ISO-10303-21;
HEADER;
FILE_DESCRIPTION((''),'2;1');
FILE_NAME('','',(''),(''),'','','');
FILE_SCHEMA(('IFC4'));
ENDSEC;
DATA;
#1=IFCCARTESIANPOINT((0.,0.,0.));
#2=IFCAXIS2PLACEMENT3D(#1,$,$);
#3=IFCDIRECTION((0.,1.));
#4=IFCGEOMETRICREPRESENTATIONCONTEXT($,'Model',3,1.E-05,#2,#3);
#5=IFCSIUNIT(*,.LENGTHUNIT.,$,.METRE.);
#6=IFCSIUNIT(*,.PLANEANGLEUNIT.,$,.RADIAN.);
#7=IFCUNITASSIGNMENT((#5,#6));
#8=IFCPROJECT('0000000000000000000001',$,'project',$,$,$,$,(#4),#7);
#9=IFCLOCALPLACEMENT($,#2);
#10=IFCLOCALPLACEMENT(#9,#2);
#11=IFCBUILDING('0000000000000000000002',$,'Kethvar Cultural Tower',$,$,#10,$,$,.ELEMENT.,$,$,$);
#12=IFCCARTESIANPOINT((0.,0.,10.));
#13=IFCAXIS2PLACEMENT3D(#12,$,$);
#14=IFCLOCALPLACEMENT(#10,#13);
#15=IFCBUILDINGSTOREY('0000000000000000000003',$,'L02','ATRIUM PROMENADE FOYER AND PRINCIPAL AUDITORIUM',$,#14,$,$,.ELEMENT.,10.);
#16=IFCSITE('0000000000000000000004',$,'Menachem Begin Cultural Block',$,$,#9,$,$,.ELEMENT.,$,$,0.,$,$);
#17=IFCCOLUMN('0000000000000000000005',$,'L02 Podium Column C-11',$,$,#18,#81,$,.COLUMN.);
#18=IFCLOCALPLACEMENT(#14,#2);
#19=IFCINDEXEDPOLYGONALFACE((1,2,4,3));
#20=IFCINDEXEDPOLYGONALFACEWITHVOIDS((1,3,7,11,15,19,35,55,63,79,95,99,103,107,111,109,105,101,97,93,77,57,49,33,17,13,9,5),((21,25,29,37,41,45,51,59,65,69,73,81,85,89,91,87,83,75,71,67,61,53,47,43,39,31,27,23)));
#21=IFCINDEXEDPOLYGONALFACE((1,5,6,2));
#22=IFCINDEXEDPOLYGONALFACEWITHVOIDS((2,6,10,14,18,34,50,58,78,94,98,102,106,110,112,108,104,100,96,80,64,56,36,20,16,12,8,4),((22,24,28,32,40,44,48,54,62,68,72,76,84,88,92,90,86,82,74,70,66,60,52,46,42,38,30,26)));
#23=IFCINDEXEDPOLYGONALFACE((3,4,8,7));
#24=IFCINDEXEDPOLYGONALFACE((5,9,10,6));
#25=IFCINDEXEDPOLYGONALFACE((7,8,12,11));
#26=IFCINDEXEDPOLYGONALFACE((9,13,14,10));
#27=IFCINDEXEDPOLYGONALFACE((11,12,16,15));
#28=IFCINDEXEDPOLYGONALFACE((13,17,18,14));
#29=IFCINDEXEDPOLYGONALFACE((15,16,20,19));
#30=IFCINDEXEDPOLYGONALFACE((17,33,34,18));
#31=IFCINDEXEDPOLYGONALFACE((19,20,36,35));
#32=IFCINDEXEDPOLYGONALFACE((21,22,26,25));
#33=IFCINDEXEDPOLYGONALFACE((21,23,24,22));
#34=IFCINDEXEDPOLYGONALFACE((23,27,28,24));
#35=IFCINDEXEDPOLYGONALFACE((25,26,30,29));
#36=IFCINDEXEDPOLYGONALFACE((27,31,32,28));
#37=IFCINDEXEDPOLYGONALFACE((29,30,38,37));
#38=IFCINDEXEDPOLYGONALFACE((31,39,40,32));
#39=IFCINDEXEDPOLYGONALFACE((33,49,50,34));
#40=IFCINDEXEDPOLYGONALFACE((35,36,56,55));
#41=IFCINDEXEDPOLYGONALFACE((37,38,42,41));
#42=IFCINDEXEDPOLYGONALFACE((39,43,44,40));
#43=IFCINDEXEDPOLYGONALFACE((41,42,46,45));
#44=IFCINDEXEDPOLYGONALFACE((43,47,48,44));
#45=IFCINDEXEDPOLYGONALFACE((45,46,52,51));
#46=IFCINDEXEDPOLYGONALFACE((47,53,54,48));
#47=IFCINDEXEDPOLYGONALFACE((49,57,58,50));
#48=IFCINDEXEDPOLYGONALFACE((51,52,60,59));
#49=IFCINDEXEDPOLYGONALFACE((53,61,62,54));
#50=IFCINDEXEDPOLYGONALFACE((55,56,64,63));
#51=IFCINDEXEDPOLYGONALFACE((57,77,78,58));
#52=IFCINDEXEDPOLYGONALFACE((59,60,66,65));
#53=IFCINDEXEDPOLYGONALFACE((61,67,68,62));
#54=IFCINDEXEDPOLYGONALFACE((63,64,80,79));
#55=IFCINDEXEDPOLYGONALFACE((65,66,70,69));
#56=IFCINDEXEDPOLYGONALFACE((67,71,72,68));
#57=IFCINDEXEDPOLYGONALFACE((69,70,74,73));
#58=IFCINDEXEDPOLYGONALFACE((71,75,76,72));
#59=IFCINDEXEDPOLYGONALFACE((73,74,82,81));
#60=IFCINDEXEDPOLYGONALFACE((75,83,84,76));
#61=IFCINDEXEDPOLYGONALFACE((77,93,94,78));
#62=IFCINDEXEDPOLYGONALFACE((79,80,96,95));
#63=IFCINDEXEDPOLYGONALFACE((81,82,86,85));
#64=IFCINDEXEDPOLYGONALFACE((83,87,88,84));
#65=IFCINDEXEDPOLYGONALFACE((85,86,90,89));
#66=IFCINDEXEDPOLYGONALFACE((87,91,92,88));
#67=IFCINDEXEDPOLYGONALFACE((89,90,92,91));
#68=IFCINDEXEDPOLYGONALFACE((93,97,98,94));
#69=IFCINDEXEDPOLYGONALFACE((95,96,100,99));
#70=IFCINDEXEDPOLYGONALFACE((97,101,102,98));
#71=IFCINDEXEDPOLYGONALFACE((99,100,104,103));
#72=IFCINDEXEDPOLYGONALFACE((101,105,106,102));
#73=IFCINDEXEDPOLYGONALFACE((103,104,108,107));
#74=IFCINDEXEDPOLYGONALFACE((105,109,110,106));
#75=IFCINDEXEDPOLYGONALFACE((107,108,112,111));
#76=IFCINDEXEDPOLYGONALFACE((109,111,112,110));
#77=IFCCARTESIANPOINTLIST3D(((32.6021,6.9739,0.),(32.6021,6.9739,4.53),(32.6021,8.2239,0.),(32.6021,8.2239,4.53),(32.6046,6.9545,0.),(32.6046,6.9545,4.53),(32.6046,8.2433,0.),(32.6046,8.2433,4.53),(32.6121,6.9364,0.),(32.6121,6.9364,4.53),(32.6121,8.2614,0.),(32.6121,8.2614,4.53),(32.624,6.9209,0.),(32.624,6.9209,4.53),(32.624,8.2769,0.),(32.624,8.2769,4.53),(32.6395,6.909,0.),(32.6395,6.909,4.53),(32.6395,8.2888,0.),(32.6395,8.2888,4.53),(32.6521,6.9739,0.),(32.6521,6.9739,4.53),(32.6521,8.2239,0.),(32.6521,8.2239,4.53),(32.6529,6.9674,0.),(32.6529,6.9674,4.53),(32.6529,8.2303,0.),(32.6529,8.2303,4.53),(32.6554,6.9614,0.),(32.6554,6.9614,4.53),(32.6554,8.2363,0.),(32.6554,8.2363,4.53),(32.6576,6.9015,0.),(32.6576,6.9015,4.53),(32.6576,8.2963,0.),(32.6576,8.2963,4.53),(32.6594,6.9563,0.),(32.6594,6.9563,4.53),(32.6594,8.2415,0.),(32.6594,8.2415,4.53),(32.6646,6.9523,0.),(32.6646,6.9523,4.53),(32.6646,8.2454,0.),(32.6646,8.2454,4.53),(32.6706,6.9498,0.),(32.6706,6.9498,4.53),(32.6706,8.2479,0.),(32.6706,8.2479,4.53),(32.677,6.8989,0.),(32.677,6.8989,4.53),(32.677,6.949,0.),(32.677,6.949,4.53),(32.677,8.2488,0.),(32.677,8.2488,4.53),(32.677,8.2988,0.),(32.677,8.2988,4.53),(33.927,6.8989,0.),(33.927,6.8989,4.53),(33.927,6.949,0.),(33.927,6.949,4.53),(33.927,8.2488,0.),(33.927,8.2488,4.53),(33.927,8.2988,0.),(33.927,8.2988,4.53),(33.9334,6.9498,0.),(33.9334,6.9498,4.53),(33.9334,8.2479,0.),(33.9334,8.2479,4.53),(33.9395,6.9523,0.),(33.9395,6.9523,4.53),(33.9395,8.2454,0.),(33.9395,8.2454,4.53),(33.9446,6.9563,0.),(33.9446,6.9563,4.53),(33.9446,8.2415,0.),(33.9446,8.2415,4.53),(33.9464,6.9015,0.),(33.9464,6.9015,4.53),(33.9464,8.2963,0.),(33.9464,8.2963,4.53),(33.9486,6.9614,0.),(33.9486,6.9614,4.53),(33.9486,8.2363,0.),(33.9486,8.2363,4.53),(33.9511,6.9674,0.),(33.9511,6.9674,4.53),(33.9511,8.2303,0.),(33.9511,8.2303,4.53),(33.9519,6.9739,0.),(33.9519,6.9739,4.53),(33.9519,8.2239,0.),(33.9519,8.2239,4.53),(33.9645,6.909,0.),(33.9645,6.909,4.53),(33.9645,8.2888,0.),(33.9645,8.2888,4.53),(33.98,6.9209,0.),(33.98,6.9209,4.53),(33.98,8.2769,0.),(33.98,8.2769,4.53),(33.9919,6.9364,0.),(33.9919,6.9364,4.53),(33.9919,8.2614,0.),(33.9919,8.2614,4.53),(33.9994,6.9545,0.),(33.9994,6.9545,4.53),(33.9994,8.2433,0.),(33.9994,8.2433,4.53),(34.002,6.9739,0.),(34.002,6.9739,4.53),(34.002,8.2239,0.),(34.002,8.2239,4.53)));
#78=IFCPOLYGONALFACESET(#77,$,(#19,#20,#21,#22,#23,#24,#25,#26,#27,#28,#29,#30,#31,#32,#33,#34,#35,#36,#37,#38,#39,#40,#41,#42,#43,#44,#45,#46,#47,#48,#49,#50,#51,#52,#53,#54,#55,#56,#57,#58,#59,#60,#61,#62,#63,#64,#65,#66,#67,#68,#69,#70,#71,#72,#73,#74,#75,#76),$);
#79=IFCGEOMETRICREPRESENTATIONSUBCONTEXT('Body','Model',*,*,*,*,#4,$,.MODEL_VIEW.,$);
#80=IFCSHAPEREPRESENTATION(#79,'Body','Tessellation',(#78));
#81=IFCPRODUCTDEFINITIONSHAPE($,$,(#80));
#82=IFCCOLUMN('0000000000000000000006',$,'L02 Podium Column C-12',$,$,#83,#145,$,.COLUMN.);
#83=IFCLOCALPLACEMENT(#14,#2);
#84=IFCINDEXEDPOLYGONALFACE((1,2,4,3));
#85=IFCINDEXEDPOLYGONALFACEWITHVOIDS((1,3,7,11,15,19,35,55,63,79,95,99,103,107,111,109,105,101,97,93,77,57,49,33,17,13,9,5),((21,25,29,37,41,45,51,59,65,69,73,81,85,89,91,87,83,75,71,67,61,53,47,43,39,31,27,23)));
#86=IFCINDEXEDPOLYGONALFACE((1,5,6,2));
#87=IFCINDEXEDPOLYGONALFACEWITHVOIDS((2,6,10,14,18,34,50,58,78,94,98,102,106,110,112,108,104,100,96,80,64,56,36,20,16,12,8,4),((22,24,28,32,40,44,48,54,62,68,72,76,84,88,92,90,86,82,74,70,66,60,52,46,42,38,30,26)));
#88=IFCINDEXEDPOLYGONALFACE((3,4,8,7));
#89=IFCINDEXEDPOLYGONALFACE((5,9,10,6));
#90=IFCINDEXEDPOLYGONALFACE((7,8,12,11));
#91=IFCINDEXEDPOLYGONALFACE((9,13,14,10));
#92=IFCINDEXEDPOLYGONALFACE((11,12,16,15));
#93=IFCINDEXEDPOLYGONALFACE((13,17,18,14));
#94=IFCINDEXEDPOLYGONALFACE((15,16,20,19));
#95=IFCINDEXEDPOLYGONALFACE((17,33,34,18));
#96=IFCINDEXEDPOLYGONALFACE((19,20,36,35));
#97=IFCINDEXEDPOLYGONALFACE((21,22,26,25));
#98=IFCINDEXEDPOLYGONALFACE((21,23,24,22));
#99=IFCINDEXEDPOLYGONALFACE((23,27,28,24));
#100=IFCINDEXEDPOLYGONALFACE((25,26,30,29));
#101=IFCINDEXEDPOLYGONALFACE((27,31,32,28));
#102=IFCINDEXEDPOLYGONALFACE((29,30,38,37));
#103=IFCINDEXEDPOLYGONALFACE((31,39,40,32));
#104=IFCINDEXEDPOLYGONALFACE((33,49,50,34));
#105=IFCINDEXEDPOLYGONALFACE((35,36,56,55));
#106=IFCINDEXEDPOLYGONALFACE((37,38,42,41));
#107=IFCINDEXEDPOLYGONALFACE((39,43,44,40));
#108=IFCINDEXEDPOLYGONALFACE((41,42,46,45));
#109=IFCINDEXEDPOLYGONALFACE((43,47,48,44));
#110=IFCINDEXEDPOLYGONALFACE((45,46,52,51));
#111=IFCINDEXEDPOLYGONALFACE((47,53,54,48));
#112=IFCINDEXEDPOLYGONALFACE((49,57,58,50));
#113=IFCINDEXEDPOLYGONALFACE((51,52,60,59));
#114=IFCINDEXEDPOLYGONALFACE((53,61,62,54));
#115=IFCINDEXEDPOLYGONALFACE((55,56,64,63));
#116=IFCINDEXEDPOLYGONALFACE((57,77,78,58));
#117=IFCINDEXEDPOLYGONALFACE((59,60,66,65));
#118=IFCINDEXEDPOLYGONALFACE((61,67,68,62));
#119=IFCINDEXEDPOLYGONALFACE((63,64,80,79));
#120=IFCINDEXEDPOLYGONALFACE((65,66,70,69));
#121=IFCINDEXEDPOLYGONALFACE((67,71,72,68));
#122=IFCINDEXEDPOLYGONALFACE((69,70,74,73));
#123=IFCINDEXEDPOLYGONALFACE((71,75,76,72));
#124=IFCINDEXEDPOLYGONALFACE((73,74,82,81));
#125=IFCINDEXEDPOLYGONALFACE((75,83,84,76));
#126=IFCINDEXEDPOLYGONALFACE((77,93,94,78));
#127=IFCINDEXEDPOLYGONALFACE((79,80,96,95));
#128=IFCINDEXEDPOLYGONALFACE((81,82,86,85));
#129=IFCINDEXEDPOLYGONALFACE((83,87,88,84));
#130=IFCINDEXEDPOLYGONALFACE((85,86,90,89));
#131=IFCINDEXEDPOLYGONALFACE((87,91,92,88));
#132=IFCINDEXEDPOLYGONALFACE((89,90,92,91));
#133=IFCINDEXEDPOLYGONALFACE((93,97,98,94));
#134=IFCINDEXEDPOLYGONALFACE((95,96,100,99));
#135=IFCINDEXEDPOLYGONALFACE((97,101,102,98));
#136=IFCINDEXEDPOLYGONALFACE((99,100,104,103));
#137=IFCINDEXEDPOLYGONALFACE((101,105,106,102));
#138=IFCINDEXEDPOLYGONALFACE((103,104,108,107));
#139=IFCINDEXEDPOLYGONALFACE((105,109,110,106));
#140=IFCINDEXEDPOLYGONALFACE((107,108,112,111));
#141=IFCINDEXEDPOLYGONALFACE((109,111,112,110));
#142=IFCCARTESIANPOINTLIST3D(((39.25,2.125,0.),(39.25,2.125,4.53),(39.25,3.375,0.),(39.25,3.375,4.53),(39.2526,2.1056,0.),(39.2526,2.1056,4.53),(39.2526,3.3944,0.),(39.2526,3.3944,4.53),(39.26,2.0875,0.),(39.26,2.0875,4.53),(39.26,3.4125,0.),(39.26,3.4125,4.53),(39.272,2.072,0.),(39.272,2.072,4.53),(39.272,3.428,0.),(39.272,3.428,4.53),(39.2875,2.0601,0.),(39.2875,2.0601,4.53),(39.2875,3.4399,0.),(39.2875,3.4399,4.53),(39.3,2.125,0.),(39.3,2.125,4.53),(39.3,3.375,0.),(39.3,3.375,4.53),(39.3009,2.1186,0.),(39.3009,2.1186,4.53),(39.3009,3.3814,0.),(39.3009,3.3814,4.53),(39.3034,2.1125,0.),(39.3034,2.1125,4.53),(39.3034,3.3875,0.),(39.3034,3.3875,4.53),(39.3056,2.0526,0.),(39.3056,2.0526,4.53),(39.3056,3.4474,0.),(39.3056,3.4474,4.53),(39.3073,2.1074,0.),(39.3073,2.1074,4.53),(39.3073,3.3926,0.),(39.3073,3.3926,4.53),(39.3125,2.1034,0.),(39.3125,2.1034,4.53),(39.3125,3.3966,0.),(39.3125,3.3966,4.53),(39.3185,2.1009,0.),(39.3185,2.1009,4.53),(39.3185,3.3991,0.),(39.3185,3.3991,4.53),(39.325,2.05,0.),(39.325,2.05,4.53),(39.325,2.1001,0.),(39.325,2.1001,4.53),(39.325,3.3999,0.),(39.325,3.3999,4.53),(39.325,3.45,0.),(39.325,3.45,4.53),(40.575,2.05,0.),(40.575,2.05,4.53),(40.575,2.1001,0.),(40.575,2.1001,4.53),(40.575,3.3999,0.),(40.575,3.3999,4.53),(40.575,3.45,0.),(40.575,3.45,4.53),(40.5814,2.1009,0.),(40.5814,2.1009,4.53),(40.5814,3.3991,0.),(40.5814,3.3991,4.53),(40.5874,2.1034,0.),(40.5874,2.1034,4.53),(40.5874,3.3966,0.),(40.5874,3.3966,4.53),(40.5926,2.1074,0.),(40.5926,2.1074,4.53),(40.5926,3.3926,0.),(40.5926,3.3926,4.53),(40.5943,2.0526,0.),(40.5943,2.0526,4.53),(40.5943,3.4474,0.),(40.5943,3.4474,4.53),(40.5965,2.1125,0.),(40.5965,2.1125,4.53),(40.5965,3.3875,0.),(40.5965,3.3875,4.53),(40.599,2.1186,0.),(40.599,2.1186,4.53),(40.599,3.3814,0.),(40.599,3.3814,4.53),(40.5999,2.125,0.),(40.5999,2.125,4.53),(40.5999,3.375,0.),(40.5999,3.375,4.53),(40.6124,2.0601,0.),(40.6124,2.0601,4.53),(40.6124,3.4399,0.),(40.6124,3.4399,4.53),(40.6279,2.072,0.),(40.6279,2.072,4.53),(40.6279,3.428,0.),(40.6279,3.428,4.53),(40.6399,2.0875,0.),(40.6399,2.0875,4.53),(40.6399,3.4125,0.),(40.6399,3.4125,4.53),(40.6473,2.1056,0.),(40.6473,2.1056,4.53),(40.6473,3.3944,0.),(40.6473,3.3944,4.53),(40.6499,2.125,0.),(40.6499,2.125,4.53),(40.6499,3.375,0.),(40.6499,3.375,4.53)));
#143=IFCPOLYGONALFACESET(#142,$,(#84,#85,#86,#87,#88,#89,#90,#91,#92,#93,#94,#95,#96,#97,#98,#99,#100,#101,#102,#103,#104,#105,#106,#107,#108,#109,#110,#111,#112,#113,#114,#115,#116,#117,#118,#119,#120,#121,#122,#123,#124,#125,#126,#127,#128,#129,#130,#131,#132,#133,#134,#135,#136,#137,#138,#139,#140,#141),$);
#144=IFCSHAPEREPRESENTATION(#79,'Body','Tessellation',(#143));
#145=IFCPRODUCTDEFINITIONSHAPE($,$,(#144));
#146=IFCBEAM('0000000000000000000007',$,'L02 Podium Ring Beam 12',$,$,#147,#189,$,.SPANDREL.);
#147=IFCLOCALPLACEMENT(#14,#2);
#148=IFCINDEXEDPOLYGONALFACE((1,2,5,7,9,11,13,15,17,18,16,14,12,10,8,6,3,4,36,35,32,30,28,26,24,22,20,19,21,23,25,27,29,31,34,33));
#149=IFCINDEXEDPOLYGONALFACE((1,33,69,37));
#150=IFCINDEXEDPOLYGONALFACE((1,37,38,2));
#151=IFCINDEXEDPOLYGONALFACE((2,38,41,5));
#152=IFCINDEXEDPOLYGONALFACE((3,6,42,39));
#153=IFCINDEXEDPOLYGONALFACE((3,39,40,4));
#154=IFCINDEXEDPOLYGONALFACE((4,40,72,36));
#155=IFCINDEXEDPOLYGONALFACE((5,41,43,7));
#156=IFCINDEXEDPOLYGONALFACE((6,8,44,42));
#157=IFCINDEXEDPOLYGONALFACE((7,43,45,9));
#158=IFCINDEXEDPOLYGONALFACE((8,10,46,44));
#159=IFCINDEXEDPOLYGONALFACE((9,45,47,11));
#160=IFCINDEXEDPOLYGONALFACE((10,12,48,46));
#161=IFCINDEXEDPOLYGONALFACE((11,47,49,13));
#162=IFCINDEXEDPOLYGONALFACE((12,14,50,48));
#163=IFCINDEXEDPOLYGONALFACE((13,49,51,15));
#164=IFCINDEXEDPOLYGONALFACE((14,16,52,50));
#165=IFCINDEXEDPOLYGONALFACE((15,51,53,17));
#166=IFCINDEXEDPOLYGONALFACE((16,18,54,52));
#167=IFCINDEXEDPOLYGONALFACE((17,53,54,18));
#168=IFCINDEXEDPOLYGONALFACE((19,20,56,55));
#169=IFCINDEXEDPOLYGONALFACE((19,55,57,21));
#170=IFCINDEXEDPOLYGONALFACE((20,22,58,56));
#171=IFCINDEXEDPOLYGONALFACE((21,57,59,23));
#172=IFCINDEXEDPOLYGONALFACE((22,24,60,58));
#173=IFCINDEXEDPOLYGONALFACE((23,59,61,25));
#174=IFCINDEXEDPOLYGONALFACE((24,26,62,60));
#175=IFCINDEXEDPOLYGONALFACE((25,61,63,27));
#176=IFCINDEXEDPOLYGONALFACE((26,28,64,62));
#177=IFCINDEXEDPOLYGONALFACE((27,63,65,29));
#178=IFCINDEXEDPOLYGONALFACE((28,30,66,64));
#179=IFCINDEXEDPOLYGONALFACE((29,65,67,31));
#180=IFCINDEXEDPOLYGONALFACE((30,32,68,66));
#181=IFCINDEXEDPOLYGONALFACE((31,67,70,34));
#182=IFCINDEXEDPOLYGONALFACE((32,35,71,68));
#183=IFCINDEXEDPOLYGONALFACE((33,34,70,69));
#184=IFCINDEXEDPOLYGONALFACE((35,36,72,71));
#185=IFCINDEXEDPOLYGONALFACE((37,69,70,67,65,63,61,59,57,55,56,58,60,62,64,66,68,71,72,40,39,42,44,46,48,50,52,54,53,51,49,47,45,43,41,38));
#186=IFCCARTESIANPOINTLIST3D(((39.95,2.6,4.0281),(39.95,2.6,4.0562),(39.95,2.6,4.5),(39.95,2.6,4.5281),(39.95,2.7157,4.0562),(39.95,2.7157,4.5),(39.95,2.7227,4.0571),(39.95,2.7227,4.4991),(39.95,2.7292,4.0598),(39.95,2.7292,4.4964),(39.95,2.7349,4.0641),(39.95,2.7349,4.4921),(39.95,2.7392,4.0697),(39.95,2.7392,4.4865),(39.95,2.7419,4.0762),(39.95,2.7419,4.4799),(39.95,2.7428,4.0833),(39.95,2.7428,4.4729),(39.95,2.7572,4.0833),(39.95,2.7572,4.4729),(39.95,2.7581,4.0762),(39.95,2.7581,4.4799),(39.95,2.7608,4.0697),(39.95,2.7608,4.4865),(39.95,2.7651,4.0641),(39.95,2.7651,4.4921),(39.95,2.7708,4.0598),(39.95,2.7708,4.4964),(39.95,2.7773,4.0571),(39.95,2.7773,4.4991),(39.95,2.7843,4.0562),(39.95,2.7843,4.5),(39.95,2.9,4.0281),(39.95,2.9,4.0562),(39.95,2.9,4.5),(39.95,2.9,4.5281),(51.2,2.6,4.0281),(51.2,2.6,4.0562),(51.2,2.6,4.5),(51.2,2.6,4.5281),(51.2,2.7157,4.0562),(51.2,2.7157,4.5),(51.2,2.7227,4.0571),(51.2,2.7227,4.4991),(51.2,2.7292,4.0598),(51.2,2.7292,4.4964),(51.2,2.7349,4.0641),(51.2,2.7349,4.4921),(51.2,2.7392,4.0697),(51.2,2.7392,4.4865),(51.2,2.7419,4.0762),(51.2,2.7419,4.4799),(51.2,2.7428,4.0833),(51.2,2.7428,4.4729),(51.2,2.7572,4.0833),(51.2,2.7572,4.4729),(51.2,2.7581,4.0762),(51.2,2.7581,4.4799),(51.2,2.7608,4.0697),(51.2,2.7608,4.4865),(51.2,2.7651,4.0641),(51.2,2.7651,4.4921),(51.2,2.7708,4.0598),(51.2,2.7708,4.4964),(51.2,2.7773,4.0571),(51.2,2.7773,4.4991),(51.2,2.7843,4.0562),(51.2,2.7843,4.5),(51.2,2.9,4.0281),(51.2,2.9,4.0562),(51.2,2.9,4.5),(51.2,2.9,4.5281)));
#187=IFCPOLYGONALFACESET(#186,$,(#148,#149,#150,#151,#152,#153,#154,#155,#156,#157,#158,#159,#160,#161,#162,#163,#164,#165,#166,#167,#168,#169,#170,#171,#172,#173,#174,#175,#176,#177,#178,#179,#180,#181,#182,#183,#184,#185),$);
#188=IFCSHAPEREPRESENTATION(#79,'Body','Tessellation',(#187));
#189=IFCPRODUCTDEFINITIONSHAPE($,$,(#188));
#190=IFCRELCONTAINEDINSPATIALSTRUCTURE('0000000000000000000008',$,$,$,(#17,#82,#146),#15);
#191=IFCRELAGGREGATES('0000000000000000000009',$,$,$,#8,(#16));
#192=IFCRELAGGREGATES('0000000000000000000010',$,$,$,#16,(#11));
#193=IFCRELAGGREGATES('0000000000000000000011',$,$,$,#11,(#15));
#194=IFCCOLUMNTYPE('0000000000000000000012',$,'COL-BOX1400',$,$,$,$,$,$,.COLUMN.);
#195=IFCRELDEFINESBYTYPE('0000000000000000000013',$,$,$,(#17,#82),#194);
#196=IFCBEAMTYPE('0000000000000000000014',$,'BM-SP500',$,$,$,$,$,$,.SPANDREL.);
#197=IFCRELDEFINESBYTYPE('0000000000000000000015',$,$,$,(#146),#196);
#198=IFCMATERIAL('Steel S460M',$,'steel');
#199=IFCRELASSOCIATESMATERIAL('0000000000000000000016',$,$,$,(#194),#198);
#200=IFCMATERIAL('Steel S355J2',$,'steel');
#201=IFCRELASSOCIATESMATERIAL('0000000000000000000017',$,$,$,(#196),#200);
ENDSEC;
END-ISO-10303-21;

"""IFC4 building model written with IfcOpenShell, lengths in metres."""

from ifc_helpers import new_model, si_unit, direction, frame, origin, origin_2d, place, context, subcontext, project, spatial, hollow_rectangle, i_section, extrude, source, transform, mapped, material, material_profile, profile_set, type_object, element, save


model = new_model("IFC4")

# Units and contexts
model_context = context("Model", 3, precision=1e-05, world=origin(), true_north=direction((0.0, 1.0)))
body_context = subcontext(model_context, "Body", "Model", "MODEL_VIEW")
ifc_project = project(units=[si_unit("LENGTHUNIT", "METRE"), si_unit("PLANEANGLEUNIT", "RADIAN")], contexts=[model_context])

# Site, building, storey
site_placement = place(None, origin())
site = spatial("IfcSite", under=ifc_project, at=site_placement, Name="Menachem Begin Cultural Block", CompositionType="ELEMENT", RefElevation=0.0)
building_placement = place(site_placement, origin())
building = spatial("IfcBuilding", under=site, at=building_placement, Name="Kethvar Cultural Tower", CompositionType="ELEMENT")
storey_placement = place(building_placement, frame((0.0, 0.0, 10.0)))
storey = spatial("IfcBuildingStorey", under=building, at=storey_placement, Name="L02", Description="ATRIUM PROMENADE FOYER AND PRINCIPAL AUDITORIUM", CompositionType="ELEMENT", Elevation=10.0)

# Columns
ifc_material_1 = material(Name="Steel S460M", Category="steel")
ifc_material_profile_1 = material_profile(ifc_material_1, hollow_rectangle(XDim=1.3999, YDim=1.3999, WallThickness=0.05, InnerFilletRadius=0.0249, OuterFilletRadius=0.075, at=origin_2d()), Name="Steel S460M — BOX1400x1400x50")
ifc_profile_set_1 = profile_set([ifc_material_profile_1], Name="Steel S460M — BOX1400x1400x50")
column_type = type_object("IfcColumnType", Name="COL-BOX1400", PredefinedType="COLUMN", material=ifc_profile_set_1)
shared_shape_1 = source(origin(), body_context, "Body", "SweptSolid", [
    extrude(hollow_rectangle(XDim=1.3999, YDim=1.3999, WallThickness=0.05, InnerFilletRadius=0.0249, OuterFilletRadius=0.075, at=origin_2d()), origin(), (0.0, 0.0, 1.0), 4.53),
])
for number, where, z_axis, x_axis, name in (
    (1, (33.302, 7.5989, 0.0), (0.0, 0.0, 1.0), (1.0, 0.0, 0.0), "L02 Podium Column C-11"),
    (2, (39.95, 2.75, 0.0), (0.0, 0.0, 1.0), (1.0, 0.0, 0.0), "L02 Podium Column C-12"),
):
    element("IfcColumn", number, at=place(storey_placement, frame(where, z_axis=z_axis, x_axis=x_axis)), inside=storey, type_object=column_type, Name=name, PredefinedType="COLUMN", context=body_context, shape_type="MappedRepresentation", body=[
        mapped(shared_shape_1, transform((0.0, 0.0, 0.0), scale=1.0)),
    ])

# Beam
ifc_material_2 = material(Name="Steel S355J2", Category="steel")
ifc_material_profile_2 = material_profile(ifc_material_2, i_section(OverallWidth=0.3, OverallDepth=0.5, WebThickness=0.0144, FlangeThickness=0.0281, FilletRadius=0.0271, at=origin_2d()), Name="Steel S355J2 — HEB500")
ifc_profile_set_2 = profile_set([ifc_material_profile_2], Name="Steel S355J2 — HEB500")
beam_type = type_object("IfcBeamType", Name="BM-SP500", PredefinedType="SPANDREL", material=ifc_profile_set_2)
shared_shape_2 = source(origin(), body_context, "Body", "SweptSolid", [
    extrude(i_section(OverallWidth=0.3, OverallDepth=0.5, WebThickness=0.0144, FlangeThickness=0.0281, FilletRadius=0.0271, at=origin_2d()), origin(), (0.0, 0.0, 1.0), 11.25),
])
beam_1_placement = place(storey_placement, frame((39.95, 2.75, 4.2781), z_axis=(1.0, 0.0, 0.0), x_axis=(0.0, 1.0, 0.0)))
element("IfcBeam", 3, at=beam_1_placement, inside=storey, type_object=beam_type, Name="L02 Podium Ring Beam 12", PredefinedType="SPANDREL", context=body_context, shape_type="MappedRepresentation", body=[
    mapped(shared_shape_2, transform((0.0, 0.0, 0.0), scale=1.0)),
])

save(model, "model.ifc")
